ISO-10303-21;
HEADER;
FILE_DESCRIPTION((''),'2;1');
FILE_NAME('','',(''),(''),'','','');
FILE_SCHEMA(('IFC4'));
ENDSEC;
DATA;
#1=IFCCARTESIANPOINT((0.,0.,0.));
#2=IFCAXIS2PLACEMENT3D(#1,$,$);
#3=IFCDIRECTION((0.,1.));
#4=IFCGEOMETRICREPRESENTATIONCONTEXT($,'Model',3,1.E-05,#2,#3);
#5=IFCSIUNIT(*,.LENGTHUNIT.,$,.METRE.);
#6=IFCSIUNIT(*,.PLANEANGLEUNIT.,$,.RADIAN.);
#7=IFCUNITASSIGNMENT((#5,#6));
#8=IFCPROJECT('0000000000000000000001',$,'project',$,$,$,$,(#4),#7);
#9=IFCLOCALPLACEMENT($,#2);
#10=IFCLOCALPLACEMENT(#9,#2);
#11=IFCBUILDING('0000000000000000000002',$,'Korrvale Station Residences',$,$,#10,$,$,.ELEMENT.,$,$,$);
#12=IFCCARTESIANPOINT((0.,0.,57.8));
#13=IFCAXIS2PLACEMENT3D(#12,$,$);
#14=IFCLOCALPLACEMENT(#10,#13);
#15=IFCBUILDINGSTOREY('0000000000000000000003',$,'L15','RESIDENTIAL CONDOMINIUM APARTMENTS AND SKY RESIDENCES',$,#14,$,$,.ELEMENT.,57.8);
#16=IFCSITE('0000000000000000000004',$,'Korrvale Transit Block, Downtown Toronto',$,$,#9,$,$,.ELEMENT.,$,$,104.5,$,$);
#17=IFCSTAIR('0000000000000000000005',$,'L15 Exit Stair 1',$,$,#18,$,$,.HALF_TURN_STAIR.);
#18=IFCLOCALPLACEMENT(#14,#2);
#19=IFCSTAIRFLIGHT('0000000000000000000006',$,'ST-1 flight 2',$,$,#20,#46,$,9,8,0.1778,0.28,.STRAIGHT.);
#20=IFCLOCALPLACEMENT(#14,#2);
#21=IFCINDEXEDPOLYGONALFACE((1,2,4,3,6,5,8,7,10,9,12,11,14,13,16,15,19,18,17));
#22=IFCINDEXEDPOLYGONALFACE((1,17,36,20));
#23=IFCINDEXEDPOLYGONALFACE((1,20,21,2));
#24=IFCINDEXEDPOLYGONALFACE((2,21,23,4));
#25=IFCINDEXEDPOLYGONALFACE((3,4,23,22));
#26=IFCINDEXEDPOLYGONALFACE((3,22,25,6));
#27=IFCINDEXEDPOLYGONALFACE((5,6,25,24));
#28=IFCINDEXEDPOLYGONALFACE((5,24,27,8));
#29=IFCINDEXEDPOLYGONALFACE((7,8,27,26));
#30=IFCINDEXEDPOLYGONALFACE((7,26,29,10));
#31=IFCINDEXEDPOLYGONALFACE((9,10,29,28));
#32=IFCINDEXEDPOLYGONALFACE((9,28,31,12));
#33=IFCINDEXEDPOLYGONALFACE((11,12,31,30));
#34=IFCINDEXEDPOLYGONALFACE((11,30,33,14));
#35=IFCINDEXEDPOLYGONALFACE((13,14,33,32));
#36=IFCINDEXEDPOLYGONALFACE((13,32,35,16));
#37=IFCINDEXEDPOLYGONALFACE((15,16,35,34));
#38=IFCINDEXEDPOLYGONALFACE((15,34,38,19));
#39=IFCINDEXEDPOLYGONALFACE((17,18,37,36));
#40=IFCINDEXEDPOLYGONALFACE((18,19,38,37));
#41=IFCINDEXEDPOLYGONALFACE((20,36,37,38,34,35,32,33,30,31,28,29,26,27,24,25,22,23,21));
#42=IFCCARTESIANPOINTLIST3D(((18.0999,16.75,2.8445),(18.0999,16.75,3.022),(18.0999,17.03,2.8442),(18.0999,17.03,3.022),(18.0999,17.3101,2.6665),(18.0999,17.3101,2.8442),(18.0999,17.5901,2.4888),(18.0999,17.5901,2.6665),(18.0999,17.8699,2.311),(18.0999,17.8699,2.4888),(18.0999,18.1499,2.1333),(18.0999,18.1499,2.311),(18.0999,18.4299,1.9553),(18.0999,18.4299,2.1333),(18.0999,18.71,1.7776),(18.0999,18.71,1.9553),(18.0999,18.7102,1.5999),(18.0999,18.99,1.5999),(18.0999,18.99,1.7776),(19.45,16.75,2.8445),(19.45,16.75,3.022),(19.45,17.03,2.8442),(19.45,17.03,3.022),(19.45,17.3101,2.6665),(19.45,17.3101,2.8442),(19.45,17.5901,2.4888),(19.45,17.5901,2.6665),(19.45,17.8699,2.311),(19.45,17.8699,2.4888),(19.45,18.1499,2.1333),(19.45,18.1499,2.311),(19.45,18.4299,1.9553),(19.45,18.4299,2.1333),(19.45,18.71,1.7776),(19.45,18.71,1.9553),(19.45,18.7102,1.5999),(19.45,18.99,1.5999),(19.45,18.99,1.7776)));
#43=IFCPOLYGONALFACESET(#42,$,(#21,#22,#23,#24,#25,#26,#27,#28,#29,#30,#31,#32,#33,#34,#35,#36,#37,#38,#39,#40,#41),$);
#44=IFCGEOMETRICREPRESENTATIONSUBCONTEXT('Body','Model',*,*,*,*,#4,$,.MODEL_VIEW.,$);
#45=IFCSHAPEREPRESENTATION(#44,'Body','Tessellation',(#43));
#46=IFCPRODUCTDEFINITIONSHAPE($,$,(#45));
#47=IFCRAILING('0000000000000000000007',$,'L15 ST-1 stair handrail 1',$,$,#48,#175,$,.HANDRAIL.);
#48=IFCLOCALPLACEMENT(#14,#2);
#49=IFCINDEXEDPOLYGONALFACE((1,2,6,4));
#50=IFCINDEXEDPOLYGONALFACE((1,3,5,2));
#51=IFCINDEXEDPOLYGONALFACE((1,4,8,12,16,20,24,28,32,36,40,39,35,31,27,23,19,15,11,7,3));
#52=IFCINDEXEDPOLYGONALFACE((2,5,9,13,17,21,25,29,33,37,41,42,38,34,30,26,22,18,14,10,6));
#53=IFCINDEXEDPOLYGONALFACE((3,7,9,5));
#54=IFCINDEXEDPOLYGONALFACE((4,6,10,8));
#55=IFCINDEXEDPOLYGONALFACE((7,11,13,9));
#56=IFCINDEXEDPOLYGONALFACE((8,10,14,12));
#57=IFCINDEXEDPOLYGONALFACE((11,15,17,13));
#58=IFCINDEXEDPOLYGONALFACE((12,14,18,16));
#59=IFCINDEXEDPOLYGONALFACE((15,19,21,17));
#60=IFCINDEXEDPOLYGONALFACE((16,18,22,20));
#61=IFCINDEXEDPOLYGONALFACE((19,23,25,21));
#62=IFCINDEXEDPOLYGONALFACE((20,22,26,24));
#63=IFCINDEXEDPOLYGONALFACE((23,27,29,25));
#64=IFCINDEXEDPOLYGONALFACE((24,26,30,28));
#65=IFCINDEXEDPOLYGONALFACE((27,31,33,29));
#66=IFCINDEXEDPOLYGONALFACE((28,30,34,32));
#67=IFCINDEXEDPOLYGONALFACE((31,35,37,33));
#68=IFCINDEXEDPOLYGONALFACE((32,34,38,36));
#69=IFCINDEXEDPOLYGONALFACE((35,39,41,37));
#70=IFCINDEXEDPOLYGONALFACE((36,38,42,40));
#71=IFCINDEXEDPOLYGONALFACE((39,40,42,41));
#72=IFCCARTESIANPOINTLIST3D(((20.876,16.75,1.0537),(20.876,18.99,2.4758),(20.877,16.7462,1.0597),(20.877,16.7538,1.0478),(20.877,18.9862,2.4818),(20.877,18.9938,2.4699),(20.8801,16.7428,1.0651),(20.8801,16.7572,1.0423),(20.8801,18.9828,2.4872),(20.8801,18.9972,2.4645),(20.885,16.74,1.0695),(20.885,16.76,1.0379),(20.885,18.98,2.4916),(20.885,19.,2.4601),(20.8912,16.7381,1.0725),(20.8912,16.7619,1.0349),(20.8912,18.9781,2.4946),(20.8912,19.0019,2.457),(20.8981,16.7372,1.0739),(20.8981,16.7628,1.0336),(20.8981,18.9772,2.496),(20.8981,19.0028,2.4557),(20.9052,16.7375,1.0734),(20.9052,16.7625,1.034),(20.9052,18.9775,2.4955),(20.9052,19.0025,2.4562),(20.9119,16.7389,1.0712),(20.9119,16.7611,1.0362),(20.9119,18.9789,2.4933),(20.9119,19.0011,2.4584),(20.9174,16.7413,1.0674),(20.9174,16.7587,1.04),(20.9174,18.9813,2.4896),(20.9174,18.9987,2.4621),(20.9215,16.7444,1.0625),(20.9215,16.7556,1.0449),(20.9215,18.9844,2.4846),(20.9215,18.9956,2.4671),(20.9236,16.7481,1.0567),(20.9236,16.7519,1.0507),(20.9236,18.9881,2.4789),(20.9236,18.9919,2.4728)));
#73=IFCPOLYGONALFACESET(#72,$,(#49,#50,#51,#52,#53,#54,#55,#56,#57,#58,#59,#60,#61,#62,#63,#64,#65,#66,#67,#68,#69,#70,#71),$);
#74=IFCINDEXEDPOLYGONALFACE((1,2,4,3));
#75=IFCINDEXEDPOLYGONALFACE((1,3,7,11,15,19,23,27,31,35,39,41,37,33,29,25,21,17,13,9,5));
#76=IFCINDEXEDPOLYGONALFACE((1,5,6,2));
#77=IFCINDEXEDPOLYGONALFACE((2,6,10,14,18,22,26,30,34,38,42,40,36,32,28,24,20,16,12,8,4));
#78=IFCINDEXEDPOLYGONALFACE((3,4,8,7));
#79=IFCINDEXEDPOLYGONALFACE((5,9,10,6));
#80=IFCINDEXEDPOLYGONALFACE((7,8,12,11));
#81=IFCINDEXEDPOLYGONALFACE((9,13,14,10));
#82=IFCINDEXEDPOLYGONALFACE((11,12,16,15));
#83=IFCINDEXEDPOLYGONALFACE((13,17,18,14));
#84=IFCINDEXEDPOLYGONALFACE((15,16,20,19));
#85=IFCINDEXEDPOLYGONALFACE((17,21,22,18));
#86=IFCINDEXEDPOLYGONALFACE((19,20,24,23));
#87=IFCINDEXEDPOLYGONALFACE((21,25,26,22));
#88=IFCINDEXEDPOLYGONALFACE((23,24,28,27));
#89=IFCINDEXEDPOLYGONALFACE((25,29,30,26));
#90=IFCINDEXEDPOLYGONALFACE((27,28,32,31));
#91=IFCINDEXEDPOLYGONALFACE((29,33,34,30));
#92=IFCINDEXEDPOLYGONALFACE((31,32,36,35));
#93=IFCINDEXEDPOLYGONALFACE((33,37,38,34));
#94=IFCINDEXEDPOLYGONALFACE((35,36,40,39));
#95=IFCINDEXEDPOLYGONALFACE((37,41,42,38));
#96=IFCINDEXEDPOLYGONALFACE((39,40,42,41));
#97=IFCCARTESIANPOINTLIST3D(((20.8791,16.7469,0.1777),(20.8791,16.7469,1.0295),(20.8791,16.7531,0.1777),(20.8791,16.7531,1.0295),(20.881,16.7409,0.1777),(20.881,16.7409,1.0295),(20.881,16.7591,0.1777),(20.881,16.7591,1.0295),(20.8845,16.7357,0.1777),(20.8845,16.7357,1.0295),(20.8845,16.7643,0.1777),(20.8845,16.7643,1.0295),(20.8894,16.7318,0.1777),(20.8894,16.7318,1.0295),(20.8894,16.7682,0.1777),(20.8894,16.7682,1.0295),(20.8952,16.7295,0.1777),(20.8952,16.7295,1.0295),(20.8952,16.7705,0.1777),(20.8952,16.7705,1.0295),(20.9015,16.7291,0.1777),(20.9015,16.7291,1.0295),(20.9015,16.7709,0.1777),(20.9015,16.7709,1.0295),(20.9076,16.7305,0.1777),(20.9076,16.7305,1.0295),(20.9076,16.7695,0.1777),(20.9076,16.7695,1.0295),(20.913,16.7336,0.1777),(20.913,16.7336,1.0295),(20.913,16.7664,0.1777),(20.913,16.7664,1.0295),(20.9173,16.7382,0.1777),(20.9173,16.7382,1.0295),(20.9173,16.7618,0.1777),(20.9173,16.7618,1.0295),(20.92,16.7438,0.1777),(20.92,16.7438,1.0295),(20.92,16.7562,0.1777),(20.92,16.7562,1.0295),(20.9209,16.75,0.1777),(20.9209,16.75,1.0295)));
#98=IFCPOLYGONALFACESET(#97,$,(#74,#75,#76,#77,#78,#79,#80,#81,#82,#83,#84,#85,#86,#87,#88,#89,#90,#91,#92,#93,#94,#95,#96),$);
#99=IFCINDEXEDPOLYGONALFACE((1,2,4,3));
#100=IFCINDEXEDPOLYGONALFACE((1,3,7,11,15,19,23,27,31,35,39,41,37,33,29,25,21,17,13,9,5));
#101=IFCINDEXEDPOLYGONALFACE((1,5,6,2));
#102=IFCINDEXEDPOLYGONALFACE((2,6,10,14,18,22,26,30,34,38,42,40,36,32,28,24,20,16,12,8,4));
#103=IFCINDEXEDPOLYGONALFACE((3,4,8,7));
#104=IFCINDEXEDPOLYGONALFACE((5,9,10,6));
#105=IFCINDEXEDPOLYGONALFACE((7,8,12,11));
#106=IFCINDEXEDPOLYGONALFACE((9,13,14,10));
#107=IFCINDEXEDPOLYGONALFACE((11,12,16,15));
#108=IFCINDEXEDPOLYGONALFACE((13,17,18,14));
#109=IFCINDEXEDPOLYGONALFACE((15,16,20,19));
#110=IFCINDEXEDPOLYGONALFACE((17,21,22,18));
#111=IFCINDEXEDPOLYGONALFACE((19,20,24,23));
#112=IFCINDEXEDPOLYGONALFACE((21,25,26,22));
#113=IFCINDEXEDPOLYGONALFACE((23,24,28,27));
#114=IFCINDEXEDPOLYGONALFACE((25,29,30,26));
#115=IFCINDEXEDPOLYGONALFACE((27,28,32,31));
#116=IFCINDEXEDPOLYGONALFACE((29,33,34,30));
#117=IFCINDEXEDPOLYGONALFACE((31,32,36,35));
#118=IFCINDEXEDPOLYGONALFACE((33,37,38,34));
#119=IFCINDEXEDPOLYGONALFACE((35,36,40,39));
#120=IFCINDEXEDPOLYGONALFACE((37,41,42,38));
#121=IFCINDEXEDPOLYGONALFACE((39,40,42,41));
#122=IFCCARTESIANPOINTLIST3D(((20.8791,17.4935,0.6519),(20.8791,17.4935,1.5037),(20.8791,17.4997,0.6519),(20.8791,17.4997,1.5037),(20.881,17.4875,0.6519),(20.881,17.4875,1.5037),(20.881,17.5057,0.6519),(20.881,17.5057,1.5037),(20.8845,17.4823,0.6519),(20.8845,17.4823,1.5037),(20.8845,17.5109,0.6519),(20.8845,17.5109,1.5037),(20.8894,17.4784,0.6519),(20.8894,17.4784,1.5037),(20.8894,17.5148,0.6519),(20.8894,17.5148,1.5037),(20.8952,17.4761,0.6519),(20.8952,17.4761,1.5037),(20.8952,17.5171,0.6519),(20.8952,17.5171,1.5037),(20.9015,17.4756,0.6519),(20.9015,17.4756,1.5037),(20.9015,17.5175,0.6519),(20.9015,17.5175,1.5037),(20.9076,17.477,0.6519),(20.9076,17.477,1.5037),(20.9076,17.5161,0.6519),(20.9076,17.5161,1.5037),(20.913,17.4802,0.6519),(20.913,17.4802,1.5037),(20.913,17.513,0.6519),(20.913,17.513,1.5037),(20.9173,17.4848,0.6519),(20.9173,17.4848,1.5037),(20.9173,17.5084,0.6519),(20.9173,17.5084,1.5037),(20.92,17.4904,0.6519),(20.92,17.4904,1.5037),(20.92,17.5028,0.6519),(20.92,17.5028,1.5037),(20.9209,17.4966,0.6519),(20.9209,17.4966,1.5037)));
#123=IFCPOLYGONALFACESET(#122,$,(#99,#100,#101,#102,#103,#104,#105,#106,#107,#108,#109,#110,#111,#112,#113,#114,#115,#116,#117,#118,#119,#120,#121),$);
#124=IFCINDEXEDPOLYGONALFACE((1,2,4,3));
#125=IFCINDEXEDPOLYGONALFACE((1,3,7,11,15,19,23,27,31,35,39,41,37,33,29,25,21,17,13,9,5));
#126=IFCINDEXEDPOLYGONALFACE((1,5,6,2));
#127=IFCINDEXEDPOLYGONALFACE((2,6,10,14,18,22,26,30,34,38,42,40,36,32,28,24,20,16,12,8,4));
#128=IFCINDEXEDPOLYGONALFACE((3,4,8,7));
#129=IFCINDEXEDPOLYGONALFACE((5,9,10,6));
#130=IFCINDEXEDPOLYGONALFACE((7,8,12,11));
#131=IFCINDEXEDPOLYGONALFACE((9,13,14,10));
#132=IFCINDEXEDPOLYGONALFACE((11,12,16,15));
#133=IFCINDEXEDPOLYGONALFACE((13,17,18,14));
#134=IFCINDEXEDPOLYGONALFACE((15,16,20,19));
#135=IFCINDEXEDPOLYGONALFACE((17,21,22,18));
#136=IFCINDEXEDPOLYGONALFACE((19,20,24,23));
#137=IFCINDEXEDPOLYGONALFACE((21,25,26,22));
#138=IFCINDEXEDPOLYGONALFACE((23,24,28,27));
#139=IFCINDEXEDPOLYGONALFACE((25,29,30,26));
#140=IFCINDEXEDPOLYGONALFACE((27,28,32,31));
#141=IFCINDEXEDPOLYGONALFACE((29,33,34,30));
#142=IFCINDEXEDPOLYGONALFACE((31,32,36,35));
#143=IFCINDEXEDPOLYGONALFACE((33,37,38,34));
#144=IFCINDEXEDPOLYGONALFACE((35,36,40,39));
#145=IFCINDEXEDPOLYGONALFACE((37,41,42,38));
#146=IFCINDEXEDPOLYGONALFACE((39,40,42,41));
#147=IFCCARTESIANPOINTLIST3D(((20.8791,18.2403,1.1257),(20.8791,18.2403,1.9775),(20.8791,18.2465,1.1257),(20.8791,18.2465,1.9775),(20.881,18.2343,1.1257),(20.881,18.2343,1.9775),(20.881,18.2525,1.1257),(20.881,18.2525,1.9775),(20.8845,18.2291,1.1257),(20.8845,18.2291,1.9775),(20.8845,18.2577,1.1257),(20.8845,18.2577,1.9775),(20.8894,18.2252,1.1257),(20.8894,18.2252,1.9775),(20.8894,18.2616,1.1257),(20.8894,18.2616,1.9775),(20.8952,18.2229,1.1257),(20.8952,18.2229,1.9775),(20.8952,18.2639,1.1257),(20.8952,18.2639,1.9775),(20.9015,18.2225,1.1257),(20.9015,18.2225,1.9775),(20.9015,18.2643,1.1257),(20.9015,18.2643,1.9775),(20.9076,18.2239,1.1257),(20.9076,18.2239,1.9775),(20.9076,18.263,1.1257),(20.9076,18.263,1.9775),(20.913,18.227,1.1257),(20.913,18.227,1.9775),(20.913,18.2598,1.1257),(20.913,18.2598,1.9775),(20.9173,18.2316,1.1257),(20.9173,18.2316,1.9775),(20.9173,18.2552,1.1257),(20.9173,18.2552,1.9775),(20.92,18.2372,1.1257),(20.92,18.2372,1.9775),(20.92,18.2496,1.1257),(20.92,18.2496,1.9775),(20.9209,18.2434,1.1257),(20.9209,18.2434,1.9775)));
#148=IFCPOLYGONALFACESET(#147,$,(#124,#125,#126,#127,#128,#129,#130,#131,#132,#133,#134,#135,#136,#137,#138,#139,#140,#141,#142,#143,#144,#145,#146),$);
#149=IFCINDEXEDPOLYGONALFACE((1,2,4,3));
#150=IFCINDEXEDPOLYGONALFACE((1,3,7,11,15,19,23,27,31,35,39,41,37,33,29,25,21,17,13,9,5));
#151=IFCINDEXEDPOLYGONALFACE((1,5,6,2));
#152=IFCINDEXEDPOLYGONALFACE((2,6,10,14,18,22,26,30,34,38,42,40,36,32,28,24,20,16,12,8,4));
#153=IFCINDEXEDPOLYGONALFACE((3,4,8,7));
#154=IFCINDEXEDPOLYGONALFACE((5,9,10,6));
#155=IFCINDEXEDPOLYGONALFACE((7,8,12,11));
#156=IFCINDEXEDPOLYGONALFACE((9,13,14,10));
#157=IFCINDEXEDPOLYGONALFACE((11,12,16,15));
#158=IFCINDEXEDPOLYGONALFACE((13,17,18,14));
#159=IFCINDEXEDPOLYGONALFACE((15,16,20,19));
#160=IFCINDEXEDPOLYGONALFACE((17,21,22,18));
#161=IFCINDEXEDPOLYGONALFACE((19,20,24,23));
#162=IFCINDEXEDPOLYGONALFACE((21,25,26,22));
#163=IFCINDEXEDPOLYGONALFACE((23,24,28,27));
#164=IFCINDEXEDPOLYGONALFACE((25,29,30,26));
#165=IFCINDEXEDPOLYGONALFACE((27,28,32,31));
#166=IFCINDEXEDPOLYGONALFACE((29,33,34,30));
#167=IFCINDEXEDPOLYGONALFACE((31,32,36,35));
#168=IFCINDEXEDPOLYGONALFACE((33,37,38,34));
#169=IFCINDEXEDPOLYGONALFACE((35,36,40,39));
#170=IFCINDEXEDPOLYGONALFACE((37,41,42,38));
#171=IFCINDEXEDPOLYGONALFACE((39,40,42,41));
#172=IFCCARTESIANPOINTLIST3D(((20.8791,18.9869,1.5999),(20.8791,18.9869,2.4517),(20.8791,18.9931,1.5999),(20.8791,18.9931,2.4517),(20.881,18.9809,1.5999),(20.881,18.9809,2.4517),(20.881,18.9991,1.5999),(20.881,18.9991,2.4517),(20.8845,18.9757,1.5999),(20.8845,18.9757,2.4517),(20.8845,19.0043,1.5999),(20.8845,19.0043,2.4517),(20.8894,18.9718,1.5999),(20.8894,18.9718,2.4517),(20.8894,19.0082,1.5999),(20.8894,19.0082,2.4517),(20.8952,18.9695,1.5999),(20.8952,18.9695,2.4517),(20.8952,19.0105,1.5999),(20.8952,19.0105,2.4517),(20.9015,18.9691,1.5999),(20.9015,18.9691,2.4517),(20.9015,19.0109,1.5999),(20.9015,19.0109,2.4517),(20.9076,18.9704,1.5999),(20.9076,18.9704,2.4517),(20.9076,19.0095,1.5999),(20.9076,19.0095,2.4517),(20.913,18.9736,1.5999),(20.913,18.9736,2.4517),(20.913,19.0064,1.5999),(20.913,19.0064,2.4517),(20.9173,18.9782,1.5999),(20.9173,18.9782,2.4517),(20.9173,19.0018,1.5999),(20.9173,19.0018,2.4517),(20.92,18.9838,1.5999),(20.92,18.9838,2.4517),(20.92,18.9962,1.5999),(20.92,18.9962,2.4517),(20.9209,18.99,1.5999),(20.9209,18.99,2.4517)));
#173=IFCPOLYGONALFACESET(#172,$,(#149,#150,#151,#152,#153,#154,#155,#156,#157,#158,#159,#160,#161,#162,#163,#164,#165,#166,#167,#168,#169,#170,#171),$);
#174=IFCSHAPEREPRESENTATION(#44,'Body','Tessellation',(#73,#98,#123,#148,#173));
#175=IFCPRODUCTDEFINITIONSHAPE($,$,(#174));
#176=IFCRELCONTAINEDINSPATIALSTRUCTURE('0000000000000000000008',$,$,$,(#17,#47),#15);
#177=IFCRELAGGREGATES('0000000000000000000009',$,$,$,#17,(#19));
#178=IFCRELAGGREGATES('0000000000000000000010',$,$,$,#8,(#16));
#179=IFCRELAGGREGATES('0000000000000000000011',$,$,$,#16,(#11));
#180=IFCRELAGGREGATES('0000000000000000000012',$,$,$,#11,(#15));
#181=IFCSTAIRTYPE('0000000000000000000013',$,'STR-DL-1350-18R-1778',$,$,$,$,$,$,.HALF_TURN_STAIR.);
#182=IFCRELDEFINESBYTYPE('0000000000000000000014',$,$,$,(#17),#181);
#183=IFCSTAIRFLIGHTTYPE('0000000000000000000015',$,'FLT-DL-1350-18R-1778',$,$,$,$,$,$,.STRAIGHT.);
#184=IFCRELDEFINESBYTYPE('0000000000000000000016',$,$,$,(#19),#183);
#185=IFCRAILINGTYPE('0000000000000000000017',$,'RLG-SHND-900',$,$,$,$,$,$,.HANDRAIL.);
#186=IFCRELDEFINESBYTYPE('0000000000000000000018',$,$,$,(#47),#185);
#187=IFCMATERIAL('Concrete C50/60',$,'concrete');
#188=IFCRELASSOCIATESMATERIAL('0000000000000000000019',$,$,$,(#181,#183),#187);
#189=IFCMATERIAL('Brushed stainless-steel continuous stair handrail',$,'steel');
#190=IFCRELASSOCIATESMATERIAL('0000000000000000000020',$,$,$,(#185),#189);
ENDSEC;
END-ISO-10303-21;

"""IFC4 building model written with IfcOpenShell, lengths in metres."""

from ifc_helpers import new_model, si_unit, direction, frame, origin, origin_2d, place, context, subcontext, project, spatial, polyline, circle, outline, extrude, material, type_object, element, aggregate, save


model = new_model("IFC4")

# Units and contexts
model_context = context("Model", 3, precision=1e-05, world=origin(), true_north=direction((0.0, 1.0)))
body_context = subcontext(model_context, "Body", "Model", "MODEL_VIEW")
ifc_project = project(units=[si_unit("LENGTHUNIT", "METRE"), si_unit("PLANEANGLEUNIT", "RADIAN")], contexts=[model_context])

# Site, building, storey
site_placement = place(None, origin())
site = spatial("IfcSite", under=ifc_project, at=site_placement, Name="Korrvale Transit Block, Downtown Toronto", CompositionType="ELEMENT", RefElevation=104.5)
building_placement = place(site_placement, origin())
building = spatial("IfcBuilding", under=site, at=building_placement, Name="Korrvale Station Residences", CompositionType="ELEMENT")
storey_placement = place(building_placement, frame((0.0, 0.0, 57.8)))
storey = spatial("IfcBuildingStorey", under=building, at=storey_placement, Name="L15", Description="RESIDENTIAL CONDOMINIUM APARTMENTS AND SKY RESIDENCES", CompositionType="ELEMENT", Elevation=57.8)

# Stair, stair flight
ifc_material_1 = material(Name="Concrete C50/60", Category="concrete")
stair_type = type_object("IfcStairType", Name="STR-DL-1350-18R-1778", PredefinedType="HALF_TURN_STAIR", material=ifc_material_1)
stair_placement = place(storey_placement, origin())
stair = element("IfcStair", 1, at=stair_placement, inside=storey, type_object=stair_type, Name="L15 Exit Stair 1", PredefinedType="HALF_TURN_STAIR")
stair_flight_type = type_object("IfcStairFlightType", Name="FLT-DL-1350-18R-1778", PredefinedType="STRAIGHT", material=ifc_material_1)
stair_flight_1_placement = place(storey_placement, frame((18.7749, 18.99, 1.5999), z_axis=(0.0, 0.0, 1.0), x_axis=(0.0, -1.0, 0.0)))
stair_flight_1 = element("IfcStairFlight", 2, at=stair_flight_1_placement, type_object=stair_flight_type, Name="ST-1 flight 2", NumberOfRisers=9, NumberOfTreads=8, PredefinedType="STRAIGHT", RiserHeight=0.1778, TreadLength=0.28, context=body_context, shape_type="SweptSolid", body=[
    extrude(outline(polyline([(0.0, 0.0), (0.0, 0.1777), (0.28, 0.1777), (0.28, 0.3555), (0.5601, 0.3555), (0.5601, 0.5334), (0.8401, 0.5334), (0.8401, 0.7112), (1.1201, 0.7112), (1.1201, 0.8889), (1.3999, 0.8889), (1.3999, 1.0667), (1.6799, 1.0667), (1.6799, 1.2444), (1.96, 1.2444), (1.96, 1.4221), (2.24, 1.4221), (2.24, 1.6001), (2.24, 1.2446), (0.2798, 0.0), (0.0, 0.0)])), frame((0.0, 0.675, 0.0), z_axis=(0.0, -1.0, 0.0), x_axis=(1.0, 0.0, 0.0)), (0.0, 0.0, 1.0), 1.3501),
])
aggregate(stair, [stair_flight_1])

# Railing
ifc_material_2 = material(Name="Brushed stainless-steel continuous stair handrail", Category="steel")
railing_type_1 = type_object("IfcRailingType", Name="RLG-SHND-900", PredefinedType="HANDRAIL", material=ifc_material_2)
railing_1_placement = place(storey_placement, frame((20.8999, 16.75, 0.1777)))
element("IfcRailing", 3, at=railing_1_placement, inside=storey, type_object=railing_type_1, Name="L15 ST-1 stair handrail 1", PredefinedType="HANDRAIL", context=body_context, shape_type="SweptSolid", body=[
    extrude(circle(Radius=0.0239, at=origin_2d()), frame((0.0, 0.0, 0.876), z_axis=(0.0, 0.844229, 0.535982), x_axis=(-1.0, 0.0, 0.0)), (0.0, 0.0, 1.0), 2.6533),
    extrude(circle(Radius=0.021, at=origin_2d()), origin(), (0.0, 0.0, 1.0), 0.8518),
    extrude(circle(Radius=0.021, at=origin_2d()), frame((0.0, 0.7466, 0.4741)), (0.0, 0.0, 1.0), 0.8518),
    extrude(circle(Radius=0.021, at=origin_2d()), frame((0.0, 1.4934, 0.948)), (0.0, 0.0, 1.0), 0.8518),
    extrude(circle(Radius=0.021, at=origin_2d()), frame((0.0, 2.24, 1.4221)), (0.0, 0.0, 1.0), 0.8518),
])

save(model, "model.ifc")
